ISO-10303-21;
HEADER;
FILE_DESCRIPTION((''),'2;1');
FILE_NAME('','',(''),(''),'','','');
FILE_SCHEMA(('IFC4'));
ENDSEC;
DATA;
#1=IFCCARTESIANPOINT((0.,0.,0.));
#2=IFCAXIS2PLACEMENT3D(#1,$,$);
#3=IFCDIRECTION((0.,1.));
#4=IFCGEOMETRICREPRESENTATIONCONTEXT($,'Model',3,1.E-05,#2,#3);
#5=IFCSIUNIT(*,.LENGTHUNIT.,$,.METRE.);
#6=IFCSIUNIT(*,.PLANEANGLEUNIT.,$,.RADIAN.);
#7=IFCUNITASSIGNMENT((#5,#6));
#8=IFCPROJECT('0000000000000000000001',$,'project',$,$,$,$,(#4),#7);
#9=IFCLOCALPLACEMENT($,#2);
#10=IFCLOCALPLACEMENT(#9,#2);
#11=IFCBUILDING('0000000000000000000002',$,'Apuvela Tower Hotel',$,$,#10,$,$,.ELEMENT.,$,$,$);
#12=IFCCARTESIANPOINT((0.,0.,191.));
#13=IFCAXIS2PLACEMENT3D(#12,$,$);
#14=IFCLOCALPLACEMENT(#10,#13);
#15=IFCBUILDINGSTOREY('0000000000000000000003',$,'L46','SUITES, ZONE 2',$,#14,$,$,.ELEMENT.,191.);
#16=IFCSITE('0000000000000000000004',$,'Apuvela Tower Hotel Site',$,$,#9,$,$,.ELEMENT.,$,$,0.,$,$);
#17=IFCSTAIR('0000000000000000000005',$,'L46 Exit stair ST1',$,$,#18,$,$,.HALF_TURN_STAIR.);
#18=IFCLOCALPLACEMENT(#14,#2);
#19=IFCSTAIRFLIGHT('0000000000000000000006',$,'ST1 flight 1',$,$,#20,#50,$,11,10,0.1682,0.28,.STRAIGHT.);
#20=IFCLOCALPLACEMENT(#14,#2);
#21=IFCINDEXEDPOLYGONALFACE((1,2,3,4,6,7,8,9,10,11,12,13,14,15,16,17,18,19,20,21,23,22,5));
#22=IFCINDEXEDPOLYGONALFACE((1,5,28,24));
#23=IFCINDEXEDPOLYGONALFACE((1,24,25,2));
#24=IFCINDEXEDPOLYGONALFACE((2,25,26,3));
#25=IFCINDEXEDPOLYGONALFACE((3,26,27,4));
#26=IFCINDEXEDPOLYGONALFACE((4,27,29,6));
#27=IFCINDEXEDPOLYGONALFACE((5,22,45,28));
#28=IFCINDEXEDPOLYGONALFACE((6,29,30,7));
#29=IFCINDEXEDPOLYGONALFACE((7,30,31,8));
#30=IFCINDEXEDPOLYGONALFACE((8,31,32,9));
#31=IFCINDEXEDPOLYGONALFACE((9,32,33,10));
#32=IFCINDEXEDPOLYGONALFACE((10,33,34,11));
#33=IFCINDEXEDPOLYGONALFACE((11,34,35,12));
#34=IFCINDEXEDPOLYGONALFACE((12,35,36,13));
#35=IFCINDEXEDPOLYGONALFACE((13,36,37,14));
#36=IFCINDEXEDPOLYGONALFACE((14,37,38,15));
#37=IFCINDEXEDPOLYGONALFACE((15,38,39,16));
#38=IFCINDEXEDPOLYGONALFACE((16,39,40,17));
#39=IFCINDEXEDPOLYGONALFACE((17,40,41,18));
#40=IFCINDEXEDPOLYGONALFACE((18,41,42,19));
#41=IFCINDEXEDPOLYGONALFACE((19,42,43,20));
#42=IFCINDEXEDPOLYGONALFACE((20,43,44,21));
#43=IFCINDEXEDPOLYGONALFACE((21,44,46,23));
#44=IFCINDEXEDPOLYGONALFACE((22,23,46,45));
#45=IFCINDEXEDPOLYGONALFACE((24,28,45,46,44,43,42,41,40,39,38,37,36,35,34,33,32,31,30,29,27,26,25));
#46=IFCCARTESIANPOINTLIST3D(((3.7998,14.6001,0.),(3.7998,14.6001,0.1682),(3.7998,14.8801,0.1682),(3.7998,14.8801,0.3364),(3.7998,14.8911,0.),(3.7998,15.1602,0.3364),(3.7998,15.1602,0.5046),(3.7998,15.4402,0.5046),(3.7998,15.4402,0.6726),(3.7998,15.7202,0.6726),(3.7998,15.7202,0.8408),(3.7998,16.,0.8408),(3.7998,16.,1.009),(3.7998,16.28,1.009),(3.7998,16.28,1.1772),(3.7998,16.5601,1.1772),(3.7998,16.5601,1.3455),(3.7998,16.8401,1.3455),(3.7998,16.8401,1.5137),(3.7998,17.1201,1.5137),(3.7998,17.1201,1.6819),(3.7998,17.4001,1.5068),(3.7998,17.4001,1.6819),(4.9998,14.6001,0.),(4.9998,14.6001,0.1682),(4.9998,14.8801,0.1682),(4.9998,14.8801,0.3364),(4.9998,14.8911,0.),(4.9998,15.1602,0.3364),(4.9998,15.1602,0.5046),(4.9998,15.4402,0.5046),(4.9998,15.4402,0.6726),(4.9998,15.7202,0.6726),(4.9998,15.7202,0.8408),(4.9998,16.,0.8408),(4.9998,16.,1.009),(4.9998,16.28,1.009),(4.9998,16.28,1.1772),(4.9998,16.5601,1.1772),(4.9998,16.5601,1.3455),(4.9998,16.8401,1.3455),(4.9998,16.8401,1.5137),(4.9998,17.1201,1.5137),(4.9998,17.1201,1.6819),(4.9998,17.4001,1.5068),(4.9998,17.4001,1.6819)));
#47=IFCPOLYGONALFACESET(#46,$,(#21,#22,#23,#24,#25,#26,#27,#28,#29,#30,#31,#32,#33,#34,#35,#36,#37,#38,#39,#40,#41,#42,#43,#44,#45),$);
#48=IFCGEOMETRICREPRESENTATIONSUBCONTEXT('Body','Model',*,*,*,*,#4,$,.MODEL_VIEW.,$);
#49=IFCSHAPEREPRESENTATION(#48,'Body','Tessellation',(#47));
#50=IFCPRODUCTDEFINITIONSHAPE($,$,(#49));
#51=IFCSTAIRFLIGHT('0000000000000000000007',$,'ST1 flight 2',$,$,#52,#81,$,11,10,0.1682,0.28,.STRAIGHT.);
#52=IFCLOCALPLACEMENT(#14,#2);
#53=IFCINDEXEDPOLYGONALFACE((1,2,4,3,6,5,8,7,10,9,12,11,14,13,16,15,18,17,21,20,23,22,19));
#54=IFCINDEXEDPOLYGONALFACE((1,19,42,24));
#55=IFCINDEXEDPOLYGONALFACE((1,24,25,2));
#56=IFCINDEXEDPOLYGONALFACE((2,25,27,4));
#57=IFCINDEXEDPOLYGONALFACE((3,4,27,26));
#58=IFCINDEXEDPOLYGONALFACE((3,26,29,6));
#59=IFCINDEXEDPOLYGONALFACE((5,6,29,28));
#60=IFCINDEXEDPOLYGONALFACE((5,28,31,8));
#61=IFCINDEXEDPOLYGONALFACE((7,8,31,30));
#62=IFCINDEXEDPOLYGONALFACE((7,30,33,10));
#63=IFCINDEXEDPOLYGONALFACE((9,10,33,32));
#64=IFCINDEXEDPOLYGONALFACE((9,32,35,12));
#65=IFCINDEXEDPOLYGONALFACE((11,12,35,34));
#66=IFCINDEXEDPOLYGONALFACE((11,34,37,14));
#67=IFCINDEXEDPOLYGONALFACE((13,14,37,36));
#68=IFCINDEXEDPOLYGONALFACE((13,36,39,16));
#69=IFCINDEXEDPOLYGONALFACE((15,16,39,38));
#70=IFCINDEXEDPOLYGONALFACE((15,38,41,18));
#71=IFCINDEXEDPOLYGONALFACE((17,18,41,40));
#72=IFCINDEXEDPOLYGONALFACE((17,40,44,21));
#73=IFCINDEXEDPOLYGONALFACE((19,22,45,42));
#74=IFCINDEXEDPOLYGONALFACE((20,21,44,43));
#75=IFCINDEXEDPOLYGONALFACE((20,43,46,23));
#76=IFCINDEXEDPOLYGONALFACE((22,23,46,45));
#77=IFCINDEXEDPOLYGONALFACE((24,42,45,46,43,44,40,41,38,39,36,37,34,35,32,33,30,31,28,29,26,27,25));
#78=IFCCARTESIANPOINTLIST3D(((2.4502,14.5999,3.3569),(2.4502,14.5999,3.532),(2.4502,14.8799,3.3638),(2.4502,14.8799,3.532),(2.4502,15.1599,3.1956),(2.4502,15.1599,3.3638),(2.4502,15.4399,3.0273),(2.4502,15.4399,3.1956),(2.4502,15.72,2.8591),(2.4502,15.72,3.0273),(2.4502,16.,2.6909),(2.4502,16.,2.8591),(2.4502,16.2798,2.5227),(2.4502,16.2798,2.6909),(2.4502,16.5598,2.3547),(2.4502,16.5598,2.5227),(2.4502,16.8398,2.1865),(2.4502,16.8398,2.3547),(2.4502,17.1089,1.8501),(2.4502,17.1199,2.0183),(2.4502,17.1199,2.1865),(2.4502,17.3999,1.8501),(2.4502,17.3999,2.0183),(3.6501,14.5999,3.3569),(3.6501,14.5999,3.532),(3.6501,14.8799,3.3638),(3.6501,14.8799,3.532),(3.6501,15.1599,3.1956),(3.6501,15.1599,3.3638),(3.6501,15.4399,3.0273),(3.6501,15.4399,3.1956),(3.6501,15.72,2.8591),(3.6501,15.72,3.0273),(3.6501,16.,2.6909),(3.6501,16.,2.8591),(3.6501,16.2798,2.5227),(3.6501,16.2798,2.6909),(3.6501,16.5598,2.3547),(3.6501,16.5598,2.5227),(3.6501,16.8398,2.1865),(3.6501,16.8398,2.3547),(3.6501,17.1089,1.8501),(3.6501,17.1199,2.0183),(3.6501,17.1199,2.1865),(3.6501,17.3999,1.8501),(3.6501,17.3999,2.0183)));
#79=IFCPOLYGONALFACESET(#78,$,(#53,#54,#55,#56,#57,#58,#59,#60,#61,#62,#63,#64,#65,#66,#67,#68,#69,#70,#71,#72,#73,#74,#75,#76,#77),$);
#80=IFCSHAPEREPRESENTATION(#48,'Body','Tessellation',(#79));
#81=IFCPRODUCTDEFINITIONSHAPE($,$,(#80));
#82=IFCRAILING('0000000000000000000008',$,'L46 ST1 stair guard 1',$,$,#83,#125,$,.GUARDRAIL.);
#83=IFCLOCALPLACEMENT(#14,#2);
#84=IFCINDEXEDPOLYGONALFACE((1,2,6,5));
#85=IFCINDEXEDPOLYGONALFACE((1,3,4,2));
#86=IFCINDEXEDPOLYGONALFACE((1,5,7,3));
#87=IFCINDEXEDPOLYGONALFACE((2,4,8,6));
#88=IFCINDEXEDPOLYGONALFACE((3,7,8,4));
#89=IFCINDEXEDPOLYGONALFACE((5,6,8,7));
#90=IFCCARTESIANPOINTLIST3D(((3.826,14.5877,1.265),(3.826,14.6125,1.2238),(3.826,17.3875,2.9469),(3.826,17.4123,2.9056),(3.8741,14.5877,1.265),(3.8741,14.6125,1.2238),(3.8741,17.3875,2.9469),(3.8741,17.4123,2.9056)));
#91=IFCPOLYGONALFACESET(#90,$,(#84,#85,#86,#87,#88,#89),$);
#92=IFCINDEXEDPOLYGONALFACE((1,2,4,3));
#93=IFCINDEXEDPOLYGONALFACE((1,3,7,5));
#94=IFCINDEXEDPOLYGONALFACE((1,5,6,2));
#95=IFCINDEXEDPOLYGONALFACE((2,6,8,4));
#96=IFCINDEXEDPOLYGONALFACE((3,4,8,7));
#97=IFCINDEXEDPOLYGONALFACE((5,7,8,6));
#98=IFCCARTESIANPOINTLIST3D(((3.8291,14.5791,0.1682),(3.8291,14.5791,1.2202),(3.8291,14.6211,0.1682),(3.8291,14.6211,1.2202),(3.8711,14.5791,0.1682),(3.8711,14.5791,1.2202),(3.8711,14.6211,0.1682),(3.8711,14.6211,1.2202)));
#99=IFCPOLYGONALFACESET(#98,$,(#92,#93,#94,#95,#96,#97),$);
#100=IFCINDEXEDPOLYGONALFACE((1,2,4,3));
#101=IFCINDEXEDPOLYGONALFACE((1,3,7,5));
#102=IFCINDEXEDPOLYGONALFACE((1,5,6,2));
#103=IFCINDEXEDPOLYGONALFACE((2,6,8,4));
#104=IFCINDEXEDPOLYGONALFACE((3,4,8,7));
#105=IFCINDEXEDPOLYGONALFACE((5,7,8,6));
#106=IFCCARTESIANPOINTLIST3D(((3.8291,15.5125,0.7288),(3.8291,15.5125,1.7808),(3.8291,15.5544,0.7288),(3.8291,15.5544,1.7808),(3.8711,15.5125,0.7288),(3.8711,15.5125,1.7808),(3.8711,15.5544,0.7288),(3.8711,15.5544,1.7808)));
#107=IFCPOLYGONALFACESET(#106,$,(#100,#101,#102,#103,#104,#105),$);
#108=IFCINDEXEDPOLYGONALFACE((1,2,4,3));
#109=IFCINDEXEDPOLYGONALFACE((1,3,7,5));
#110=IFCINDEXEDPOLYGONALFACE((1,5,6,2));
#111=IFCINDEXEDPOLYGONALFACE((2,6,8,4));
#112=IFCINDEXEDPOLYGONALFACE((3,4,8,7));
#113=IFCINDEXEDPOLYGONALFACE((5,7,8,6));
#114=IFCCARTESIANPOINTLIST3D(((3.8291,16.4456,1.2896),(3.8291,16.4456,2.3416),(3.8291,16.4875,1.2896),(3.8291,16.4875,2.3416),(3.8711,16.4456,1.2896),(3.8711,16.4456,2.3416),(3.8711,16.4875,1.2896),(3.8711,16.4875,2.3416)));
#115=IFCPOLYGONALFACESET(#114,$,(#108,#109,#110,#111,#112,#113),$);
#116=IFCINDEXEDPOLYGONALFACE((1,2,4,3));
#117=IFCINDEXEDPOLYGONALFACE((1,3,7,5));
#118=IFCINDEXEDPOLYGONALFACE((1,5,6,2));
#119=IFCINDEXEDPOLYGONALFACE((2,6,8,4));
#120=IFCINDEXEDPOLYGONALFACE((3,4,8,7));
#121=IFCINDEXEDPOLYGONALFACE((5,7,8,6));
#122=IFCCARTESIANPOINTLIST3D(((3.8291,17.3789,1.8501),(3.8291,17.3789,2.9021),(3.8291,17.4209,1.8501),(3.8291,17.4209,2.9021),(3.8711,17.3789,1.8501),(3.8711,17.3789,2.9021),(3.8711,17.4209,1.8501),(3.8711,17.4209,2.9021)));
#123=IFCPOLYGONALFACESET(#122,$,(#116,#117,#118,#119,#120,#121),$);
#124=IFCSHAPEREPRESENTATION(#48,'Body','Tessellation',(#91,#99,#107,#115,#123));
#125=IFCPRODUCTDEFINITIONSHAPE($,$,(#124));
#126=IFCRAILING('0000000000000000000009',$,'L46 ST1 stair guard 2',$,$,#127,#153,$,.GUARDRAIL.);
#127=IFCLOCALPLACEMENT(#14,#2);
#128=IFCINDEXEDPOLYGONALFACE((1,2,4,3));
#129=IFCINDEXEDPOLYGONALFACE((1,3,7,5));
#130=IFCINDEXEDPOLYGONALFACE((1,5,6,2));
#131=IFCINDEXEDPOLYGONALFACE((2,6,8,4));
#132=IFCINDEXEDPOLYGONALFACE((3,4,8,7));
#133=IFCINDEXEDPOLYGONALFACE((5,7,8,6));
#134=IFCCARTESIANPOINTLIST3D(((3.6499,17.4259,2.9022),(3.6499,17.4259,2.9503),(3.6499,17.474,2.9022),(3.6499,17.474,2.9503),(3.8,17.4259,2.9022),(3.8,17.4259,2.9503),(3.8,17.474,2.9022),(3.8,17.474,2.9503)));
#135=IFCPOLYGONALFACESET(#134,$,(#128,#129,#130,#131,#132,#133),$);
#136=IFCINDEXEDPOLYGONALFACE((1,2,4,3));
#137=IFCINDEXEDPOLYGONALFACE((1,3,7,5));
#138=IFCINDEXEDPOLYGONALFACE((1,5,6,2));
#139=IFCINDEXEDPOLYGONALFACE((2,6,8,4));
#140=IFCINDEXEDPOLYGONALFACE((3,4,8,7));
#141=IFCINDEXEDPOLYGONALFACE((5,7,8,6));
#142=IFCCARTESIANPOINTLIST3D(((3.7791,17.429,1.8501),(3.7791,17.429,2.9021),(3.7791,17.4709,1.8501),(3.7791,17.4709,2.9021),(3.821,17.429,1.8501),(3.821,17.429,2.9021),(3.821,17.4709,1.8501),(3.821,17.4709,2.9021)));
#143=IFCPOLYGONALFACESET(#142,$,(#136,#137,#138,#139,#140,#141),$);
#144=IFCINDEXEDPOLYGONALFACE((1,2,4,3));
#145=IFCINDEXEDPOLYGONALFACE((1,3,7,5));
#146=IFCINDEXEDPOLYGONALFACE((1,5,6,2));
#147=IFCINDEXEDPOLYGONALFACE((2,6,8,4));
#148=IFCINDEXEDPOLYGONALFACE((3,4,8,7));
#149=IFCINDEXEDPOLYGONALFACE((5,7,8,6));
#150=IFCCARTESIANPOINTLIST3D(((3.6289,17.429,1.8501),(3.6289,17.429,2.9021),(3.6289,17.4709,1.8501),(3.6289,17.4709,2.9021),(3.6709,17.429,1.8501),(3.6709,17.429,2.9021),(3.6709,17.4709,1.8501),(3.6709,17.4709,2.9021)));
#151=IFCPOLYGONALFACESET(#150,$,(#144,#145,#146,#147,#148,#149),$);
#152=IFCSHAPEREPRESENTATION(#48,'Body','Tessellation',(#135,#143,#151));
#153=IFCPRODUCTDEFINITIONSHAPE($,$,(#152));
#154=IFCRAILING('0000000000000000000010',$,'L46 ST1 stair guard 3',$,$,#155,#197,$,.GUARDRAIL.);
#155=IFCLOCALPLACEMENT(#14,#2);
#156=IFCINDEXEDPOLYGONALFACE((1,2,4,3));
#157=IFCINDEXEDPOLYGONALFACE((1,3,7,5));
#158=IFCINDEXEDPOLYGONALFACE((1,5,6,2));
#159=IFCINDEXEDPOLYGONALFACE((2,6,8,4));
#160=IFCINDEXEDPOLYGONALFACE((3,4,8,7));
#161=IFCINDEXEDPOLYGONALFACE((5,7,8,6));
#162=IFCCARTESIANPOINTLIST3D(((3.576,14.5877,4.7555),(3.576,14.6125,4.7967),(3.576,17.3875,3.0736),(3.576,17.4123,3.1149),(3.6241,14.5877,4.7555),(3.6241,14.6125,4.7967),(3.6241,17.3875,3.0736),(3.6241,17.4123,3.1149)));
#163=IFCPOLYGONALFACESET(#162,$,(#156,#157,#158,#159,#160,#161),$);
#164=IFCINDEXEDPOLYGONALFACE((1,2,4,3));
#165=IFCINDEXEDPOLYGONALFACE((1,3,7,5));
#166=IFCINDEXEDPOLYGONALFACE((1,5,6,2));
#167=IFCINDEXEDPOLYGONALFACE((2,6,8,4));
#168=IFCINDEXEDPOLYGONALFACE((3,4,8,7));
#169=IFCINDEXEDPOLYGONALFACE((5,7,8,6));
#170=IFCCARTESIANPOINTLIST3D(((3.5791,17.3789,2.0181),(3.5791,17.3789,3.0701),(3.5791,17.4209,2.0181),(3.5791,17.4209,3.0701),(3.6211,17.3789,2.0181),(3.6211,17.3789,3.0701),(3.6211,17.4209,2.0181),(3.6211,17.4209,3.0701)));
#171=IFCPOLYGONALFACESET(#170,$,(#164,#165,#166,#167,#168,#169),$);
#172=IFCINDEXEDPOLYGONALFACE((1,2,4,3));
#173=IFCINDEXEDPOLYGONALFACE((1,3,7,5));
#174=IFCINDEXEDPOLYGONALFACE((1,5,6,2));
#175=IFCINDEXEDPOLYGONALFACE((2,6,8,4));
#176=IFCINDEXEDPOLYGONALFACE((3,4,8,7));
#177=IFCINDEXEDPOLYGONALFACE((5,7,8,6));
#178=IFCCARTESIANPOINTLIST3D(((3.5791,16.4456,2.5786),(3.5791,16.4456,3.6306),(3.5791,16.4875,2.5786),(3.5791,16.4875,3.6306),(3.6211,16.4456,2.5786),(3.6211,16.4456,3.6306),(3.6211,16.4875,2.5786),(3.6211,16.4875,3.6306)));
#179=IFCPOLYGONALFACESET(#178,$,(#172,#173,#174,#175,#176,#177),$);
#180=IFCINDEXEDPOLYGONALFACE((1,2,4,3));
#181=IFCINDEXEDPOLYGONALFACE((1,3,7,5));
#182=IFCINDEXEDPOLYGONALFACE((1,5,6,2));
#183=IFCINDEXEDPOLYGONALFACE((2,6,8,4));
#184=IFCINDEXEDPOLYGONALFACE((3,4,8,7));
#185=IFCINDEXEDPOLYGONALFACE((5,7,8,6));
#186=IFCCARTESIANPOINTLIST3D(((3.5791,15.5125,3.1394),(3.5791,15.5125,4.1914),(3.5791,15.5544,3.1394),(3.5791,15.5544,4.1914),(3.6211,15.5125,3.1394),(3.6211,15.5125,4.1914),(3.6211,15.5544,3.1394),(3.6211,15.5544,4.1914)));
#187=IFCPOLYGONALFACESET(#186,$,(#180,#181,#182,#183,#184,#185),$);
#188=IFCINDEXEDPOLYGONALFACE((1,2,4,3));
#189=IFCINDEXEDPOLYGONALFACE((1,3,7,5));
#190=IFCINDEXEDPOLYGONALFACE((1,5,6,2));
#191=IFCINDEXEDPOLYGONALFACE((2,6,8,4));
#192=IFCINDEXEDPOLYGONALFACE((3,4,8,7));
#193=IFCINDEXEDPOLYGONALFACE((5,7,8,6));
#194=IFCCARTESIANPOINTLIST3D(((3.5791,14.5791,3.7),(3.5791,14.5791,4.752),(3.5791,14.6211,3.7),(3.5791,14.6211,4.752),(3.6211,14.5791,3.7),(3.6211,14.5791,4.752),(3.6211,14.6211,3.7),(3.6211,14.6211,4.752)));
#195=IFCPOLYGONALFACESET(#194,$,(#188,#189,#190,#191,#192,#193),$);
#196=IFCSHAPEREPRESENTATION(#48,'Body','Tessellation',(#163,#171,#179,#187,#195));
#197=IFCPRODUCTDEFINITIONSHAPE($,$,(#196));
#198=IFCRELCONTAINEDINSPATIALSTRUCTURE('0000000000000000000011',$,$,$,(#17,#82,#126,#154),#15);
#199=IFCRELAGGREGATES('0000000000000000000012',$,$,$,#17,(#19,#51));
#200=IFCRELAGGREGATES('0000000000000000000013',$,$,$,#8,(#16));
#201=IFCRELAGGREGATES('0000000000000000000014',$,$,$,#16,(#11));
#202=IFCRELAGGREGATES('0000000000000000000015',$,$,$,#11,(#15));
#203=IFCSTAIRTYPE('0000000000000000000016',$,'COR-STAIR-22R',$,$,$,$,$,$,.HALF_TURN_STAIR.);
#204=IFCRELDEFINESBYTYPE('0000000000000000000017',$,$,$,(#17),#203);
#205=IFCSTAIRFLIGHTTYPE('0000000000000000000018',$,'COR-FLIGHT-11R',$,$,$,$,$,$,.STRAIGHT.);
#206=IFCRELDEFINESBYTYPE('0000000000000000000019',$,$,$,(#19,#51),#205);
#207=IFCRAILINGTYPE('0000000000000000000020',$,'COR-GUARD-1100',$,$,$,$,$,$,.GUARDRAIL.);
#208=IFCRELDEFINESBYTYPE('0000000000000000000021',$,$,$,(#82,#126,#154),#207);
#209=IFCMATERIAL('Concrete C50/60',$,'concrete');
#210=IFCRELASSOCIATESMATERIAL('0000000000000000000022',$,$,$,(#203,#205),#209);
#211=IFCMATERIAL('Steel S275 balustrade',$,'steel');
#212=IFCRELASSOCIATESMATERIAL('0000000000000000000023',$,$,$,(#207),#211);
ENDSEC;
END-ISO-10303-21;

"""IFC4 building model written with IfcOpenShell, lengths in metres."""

from ifc_helpers import new_model, si_unit, direction, frame, origin, origin_2d, place, context, subcontext, project, spatial, polyline, rectangle, outline, extrude, material, type_object, element, aggregate, save


model = new_model("IFC4")

# Units and contexts
model_context = context("Model", 3, precision=1e-05, world=origin(), true_north=direction((0.0, 1.0)))
body_context = subcontext(model_context, "Body", "Model", "MODEL_VIEW")
ifc_project = project(units=[si_unit("LENGTHUNIT", "METRE"), si_unit("PLANEANGLEUNIT", "RADIAN")], contexts=[model_context])

# Site, building, storey
site_placement = place(None, origin())
site = spatial("IfcSite", under=ifc_project, at=site_placement, Name="Apuvela Tower Hotel Site", CompositionType="ELEMENT", RefElevation=0.0)
building_placement = place(site_placement, origin())
building = spatial("IfcBuilding", under=site, at=building_placement, Name="Apuvela Tower Hotel", CompositionType="ELEMENT")
storey_placement = place(building_placement, frame((0.0, 0.0, 191.0)))
storey = spatial("IfcBuildingStorey", under=building, at=storey_placement, Name="L46", Description="SUITES, ZONE 2", CompositionType="ELEMENT", Elevation=191.0)

# Shared definitions
ifc_material_1 = material(Name="Concrete C50/60", Category="concrete")

# Stair, stair flights
stair_type = type_object("IfcStairType", Name="COR-STAIR-22R", PredefinedType="HALF_TURN_STAIR", material=ifc_material_1)
stair_placement = place(storey_placement, origin())
stair = element("IfcStair", 1, at=stair_placement, inside=storey, type_object=stair_type, Name="L46 Exit stair ST1", PredefinedType="HALF_TURN_STAIR")
stair_flight_type = type_object("IfcStairFlightType", Name="COR-FLIGHT-11R", PredefinedType="STRAIGHT", material=ifc_material_1)
stair_flight_1_placement = place(storey_placement, frame((4.3999, 14.6001, 0.0), z_axis=(0.0, 0.0, 1.0), x_axis=(0.0, 1.0, 0.0)))
stair_flight_1 = element("IfcStairFlight", 2, at=stair_flight_1_placement, type_object=stair_flight_type, Name="ST1 flight 1", NumberOfRisers=11, NumberOfTreads=10, PredefinedType="STRAIGHT", RiserHeight=0.1682, TreadLength=0.28, context=body_context, shape_type="SweptSolid", body=[
    extrude(outline(polyline([(0.0, 0.0), (0.0, 0.1682), (0.28, 0.1682), (0.28, 0.3364), (0.5601, 0.3364), (0.5601, 0.5046), (0.8401, 0.5046), (0.8401, 0.6726), (1.1201, 0.6726), (1.1201, 0.8408), (1.3999, 0.8408), (1.3999, 1.009), (1.6799, 1.009), (1.6799, 1.1772), (1.96, 1.1772), (1.96, 1.3455), (2.24, 1.3455), (2.24, 1.5137), (2.52, 1.5137), (2.52, 1.6819), (2.8, 1.6819), (2.8, 1.8501), (2.8, 1.5068), (0.291, 0.0), (0.0, 0.0)])), frame((0.0, 0.6001, 0.0), z_axis=(0.0, -1.0, 0.0), x_axis=(1.0, 0.0, 0.0)), (0.0, 0.0, 1.0), 1.2),
])
stair_flight_2_placement = place(storey_placement, frame((3.05, 17.3999, 1.8501), z_axis=(0.0, 0.0, 1.0), x_axis=(0.0, -1.0, 0.0)))
stair_flight_2 = element("IfcStairFlight", 3, at=stair_flight_2_placement, type_object=stair_flight_type, Name="ST1 flight 2", NumberOfRisers=11, NumberOfTreads=10, PredefinedType="STRAIGHT", RiserHeight=0.1682, TreadLength=0.28, context=body_context, shape_type="SweptSolid", body=[
    extrude(outline(polyline([(0.0, 0.0), (0.0, 0.1682), (0.28, 0.1682), (0.28, 0.3364), (0.5601, 0.3364), (0.5601, 0.5046), (0.8401, 0.5046), (0.8401, 0.6726), (1.1201, 0.6726), (1.1201, 0.8408), (1.3999, 0.8408), (1.3999, 1.009), (1.6799, 1.009), (1.6799, 1.1772), (1.96, 1.1772), (1.96, 1.3455), (2.24, 1.3455), (2.24, 1.5137), (2.52, 1.5137), (2.52, 1.6819), (2.8, 1.6819), (2.8, 1.8501), (2.8, 1.5068), (0.291, 0.0), (0.0, 0.0)])), frame((0.0, 0.6001, 0.0), z_axis=(0.0, -1.0, 0.0), x_axis=(1.0, 0.0, 0.0)), (0.0, 0.0, 1.0), 1.2),
])
aggregate(stair, [stair_flight_1, stair_flight_2])

# Railings
ifc_material_2 = material(Name="Steel S275 balustrade", Category="steel")
railing_type_1 = type_object("IfcRailingType", Name="COR-GUARD-1100", PredefinedType="GUARDRAIL", material=ifc_material_2)
railing_1_placement = place(storey_placement, frame((3.8501, 14.6001, 0.1682)))
element("IfcRailing", 4, at=railing_1_placement, inside=storey, type_object=railing_type_1, Name="L46 ST1 stair guard 1", PredefinedType="GUARDRAIL", context=body_context, shape_type="SweptSolid", body=[
    extrude(rectangle(XDim=0.0481, YDim=0.0481, at=origin_2d()), frame((0.0, 0.0, 1.0762), z_axis=(0.0, 0.857222, 0.514946), x_axis=(-1.0, 0.0, 0.0)), (0.0, 0.0, 1.0), 3.2661),
    extrude(rectangle(XDim=0.042, YDim=0.042, at=origin_2d()), origin(), (0.0, 0.0, 1.0), 1.052),
    extrude(rectangle(XDim=0.042, YDim=0.042, at=origin_2d()), frame((0.0, 0.9333, 0.5605)), (0.0, 0.0, 1.0), 1.052),
    extrude(rectangle(XDim=0.042, YDim=0.042, at=origin_2d()), frame((0.0, 1.8665, 1.1213)), (0.0, 0.0, 1.0), 1.052),
    extrude(rectangle(XDim=0.042, YDim=0.042, at=origin_2d()), frame((0.0, 2.7998, 1.6819)), (0.0, 0.0, 1.0), 1.052),
])
railing_2_placement = place(storey_placement, frame((3.8, 17.45, 1.8501)))
element("IfcRailing", 5, at=railing_2_placement, inside=storey, type_object=railing_type_1, Name="L46 ST1 stair guard 2", PredefinedType="GUARDRAIL", context=body_context, shape_type="SweptSolid", body=[
    extrude(rectangle(XDim=0.0481, YDim=0.0481, at=origin_2d()), frame((0.0, 0.0, 1.0762), z_axis=(-1.0, 0.0, 0.0), x_axis=(0.0, -1.0, 0.0)), (0.0, 0.0, 1.0), 0.1501),
    extrude(rectangle(XDim=0.042, YDim=0.042, at=origin_2d()), origin(), (0.0, 0.0, 1.0), 1.052),
    extrude(rectangle(XDim=0.042, YDim=0.042, at=origin_2d()), frame((-0.1501, 0.0, 0.0)), (0.0, 0.0, 1.0), 1.052),
])
railing_3_placement = place(storey_placement, frame((3.6001, 17.3999, 2.0181)))
element("IfcRailing", 6, at=railing_3_placement, inside=storey, type_object=railing_type_1, Name="L46 ST1 stair guard 3", PredefinedType="GUARDRAIL", context=body_context, shape_type="SweptSolid", body=[
    extrude(rectangle(XDim=0.0481, YDim=0.0481, at=origin_2d()), frame((0.0, 0.0, 1.0762), z_axis=(0.0, -0.857222, 0.514946), x_axis=(1.0, 0.0, 0.0)), (0.0, 0.0, 1.0), 3.2661),
    extrude(rectangle(XDim=0.042, YDim=0.042, at=origin_2d()), origin(), (0.0, 0.0, 1.0), 1.052),
    extrude(rectangle(XDim=0.042, YDim=0.042, at=origin_2d()), frame((0.0, -0.9333, 0.5605)), (0.0, 0.0, 1.0), 1.052),
    extrude(rectangle(XDim=0.042, YDim=0.042, at=origin_2d()), frame((0.0, -1.8665, 1.1213)), (0.0, 0.0, 1.0), 1.052),
    extrude(rectangle(XDim=0.042, YDim=0.042, at=origin_2d()), frame((0.0, -2.7998, 1.6819)), (0.0, 0.0, 1.0), 1.052),
])

save(model, "model.ifc")
